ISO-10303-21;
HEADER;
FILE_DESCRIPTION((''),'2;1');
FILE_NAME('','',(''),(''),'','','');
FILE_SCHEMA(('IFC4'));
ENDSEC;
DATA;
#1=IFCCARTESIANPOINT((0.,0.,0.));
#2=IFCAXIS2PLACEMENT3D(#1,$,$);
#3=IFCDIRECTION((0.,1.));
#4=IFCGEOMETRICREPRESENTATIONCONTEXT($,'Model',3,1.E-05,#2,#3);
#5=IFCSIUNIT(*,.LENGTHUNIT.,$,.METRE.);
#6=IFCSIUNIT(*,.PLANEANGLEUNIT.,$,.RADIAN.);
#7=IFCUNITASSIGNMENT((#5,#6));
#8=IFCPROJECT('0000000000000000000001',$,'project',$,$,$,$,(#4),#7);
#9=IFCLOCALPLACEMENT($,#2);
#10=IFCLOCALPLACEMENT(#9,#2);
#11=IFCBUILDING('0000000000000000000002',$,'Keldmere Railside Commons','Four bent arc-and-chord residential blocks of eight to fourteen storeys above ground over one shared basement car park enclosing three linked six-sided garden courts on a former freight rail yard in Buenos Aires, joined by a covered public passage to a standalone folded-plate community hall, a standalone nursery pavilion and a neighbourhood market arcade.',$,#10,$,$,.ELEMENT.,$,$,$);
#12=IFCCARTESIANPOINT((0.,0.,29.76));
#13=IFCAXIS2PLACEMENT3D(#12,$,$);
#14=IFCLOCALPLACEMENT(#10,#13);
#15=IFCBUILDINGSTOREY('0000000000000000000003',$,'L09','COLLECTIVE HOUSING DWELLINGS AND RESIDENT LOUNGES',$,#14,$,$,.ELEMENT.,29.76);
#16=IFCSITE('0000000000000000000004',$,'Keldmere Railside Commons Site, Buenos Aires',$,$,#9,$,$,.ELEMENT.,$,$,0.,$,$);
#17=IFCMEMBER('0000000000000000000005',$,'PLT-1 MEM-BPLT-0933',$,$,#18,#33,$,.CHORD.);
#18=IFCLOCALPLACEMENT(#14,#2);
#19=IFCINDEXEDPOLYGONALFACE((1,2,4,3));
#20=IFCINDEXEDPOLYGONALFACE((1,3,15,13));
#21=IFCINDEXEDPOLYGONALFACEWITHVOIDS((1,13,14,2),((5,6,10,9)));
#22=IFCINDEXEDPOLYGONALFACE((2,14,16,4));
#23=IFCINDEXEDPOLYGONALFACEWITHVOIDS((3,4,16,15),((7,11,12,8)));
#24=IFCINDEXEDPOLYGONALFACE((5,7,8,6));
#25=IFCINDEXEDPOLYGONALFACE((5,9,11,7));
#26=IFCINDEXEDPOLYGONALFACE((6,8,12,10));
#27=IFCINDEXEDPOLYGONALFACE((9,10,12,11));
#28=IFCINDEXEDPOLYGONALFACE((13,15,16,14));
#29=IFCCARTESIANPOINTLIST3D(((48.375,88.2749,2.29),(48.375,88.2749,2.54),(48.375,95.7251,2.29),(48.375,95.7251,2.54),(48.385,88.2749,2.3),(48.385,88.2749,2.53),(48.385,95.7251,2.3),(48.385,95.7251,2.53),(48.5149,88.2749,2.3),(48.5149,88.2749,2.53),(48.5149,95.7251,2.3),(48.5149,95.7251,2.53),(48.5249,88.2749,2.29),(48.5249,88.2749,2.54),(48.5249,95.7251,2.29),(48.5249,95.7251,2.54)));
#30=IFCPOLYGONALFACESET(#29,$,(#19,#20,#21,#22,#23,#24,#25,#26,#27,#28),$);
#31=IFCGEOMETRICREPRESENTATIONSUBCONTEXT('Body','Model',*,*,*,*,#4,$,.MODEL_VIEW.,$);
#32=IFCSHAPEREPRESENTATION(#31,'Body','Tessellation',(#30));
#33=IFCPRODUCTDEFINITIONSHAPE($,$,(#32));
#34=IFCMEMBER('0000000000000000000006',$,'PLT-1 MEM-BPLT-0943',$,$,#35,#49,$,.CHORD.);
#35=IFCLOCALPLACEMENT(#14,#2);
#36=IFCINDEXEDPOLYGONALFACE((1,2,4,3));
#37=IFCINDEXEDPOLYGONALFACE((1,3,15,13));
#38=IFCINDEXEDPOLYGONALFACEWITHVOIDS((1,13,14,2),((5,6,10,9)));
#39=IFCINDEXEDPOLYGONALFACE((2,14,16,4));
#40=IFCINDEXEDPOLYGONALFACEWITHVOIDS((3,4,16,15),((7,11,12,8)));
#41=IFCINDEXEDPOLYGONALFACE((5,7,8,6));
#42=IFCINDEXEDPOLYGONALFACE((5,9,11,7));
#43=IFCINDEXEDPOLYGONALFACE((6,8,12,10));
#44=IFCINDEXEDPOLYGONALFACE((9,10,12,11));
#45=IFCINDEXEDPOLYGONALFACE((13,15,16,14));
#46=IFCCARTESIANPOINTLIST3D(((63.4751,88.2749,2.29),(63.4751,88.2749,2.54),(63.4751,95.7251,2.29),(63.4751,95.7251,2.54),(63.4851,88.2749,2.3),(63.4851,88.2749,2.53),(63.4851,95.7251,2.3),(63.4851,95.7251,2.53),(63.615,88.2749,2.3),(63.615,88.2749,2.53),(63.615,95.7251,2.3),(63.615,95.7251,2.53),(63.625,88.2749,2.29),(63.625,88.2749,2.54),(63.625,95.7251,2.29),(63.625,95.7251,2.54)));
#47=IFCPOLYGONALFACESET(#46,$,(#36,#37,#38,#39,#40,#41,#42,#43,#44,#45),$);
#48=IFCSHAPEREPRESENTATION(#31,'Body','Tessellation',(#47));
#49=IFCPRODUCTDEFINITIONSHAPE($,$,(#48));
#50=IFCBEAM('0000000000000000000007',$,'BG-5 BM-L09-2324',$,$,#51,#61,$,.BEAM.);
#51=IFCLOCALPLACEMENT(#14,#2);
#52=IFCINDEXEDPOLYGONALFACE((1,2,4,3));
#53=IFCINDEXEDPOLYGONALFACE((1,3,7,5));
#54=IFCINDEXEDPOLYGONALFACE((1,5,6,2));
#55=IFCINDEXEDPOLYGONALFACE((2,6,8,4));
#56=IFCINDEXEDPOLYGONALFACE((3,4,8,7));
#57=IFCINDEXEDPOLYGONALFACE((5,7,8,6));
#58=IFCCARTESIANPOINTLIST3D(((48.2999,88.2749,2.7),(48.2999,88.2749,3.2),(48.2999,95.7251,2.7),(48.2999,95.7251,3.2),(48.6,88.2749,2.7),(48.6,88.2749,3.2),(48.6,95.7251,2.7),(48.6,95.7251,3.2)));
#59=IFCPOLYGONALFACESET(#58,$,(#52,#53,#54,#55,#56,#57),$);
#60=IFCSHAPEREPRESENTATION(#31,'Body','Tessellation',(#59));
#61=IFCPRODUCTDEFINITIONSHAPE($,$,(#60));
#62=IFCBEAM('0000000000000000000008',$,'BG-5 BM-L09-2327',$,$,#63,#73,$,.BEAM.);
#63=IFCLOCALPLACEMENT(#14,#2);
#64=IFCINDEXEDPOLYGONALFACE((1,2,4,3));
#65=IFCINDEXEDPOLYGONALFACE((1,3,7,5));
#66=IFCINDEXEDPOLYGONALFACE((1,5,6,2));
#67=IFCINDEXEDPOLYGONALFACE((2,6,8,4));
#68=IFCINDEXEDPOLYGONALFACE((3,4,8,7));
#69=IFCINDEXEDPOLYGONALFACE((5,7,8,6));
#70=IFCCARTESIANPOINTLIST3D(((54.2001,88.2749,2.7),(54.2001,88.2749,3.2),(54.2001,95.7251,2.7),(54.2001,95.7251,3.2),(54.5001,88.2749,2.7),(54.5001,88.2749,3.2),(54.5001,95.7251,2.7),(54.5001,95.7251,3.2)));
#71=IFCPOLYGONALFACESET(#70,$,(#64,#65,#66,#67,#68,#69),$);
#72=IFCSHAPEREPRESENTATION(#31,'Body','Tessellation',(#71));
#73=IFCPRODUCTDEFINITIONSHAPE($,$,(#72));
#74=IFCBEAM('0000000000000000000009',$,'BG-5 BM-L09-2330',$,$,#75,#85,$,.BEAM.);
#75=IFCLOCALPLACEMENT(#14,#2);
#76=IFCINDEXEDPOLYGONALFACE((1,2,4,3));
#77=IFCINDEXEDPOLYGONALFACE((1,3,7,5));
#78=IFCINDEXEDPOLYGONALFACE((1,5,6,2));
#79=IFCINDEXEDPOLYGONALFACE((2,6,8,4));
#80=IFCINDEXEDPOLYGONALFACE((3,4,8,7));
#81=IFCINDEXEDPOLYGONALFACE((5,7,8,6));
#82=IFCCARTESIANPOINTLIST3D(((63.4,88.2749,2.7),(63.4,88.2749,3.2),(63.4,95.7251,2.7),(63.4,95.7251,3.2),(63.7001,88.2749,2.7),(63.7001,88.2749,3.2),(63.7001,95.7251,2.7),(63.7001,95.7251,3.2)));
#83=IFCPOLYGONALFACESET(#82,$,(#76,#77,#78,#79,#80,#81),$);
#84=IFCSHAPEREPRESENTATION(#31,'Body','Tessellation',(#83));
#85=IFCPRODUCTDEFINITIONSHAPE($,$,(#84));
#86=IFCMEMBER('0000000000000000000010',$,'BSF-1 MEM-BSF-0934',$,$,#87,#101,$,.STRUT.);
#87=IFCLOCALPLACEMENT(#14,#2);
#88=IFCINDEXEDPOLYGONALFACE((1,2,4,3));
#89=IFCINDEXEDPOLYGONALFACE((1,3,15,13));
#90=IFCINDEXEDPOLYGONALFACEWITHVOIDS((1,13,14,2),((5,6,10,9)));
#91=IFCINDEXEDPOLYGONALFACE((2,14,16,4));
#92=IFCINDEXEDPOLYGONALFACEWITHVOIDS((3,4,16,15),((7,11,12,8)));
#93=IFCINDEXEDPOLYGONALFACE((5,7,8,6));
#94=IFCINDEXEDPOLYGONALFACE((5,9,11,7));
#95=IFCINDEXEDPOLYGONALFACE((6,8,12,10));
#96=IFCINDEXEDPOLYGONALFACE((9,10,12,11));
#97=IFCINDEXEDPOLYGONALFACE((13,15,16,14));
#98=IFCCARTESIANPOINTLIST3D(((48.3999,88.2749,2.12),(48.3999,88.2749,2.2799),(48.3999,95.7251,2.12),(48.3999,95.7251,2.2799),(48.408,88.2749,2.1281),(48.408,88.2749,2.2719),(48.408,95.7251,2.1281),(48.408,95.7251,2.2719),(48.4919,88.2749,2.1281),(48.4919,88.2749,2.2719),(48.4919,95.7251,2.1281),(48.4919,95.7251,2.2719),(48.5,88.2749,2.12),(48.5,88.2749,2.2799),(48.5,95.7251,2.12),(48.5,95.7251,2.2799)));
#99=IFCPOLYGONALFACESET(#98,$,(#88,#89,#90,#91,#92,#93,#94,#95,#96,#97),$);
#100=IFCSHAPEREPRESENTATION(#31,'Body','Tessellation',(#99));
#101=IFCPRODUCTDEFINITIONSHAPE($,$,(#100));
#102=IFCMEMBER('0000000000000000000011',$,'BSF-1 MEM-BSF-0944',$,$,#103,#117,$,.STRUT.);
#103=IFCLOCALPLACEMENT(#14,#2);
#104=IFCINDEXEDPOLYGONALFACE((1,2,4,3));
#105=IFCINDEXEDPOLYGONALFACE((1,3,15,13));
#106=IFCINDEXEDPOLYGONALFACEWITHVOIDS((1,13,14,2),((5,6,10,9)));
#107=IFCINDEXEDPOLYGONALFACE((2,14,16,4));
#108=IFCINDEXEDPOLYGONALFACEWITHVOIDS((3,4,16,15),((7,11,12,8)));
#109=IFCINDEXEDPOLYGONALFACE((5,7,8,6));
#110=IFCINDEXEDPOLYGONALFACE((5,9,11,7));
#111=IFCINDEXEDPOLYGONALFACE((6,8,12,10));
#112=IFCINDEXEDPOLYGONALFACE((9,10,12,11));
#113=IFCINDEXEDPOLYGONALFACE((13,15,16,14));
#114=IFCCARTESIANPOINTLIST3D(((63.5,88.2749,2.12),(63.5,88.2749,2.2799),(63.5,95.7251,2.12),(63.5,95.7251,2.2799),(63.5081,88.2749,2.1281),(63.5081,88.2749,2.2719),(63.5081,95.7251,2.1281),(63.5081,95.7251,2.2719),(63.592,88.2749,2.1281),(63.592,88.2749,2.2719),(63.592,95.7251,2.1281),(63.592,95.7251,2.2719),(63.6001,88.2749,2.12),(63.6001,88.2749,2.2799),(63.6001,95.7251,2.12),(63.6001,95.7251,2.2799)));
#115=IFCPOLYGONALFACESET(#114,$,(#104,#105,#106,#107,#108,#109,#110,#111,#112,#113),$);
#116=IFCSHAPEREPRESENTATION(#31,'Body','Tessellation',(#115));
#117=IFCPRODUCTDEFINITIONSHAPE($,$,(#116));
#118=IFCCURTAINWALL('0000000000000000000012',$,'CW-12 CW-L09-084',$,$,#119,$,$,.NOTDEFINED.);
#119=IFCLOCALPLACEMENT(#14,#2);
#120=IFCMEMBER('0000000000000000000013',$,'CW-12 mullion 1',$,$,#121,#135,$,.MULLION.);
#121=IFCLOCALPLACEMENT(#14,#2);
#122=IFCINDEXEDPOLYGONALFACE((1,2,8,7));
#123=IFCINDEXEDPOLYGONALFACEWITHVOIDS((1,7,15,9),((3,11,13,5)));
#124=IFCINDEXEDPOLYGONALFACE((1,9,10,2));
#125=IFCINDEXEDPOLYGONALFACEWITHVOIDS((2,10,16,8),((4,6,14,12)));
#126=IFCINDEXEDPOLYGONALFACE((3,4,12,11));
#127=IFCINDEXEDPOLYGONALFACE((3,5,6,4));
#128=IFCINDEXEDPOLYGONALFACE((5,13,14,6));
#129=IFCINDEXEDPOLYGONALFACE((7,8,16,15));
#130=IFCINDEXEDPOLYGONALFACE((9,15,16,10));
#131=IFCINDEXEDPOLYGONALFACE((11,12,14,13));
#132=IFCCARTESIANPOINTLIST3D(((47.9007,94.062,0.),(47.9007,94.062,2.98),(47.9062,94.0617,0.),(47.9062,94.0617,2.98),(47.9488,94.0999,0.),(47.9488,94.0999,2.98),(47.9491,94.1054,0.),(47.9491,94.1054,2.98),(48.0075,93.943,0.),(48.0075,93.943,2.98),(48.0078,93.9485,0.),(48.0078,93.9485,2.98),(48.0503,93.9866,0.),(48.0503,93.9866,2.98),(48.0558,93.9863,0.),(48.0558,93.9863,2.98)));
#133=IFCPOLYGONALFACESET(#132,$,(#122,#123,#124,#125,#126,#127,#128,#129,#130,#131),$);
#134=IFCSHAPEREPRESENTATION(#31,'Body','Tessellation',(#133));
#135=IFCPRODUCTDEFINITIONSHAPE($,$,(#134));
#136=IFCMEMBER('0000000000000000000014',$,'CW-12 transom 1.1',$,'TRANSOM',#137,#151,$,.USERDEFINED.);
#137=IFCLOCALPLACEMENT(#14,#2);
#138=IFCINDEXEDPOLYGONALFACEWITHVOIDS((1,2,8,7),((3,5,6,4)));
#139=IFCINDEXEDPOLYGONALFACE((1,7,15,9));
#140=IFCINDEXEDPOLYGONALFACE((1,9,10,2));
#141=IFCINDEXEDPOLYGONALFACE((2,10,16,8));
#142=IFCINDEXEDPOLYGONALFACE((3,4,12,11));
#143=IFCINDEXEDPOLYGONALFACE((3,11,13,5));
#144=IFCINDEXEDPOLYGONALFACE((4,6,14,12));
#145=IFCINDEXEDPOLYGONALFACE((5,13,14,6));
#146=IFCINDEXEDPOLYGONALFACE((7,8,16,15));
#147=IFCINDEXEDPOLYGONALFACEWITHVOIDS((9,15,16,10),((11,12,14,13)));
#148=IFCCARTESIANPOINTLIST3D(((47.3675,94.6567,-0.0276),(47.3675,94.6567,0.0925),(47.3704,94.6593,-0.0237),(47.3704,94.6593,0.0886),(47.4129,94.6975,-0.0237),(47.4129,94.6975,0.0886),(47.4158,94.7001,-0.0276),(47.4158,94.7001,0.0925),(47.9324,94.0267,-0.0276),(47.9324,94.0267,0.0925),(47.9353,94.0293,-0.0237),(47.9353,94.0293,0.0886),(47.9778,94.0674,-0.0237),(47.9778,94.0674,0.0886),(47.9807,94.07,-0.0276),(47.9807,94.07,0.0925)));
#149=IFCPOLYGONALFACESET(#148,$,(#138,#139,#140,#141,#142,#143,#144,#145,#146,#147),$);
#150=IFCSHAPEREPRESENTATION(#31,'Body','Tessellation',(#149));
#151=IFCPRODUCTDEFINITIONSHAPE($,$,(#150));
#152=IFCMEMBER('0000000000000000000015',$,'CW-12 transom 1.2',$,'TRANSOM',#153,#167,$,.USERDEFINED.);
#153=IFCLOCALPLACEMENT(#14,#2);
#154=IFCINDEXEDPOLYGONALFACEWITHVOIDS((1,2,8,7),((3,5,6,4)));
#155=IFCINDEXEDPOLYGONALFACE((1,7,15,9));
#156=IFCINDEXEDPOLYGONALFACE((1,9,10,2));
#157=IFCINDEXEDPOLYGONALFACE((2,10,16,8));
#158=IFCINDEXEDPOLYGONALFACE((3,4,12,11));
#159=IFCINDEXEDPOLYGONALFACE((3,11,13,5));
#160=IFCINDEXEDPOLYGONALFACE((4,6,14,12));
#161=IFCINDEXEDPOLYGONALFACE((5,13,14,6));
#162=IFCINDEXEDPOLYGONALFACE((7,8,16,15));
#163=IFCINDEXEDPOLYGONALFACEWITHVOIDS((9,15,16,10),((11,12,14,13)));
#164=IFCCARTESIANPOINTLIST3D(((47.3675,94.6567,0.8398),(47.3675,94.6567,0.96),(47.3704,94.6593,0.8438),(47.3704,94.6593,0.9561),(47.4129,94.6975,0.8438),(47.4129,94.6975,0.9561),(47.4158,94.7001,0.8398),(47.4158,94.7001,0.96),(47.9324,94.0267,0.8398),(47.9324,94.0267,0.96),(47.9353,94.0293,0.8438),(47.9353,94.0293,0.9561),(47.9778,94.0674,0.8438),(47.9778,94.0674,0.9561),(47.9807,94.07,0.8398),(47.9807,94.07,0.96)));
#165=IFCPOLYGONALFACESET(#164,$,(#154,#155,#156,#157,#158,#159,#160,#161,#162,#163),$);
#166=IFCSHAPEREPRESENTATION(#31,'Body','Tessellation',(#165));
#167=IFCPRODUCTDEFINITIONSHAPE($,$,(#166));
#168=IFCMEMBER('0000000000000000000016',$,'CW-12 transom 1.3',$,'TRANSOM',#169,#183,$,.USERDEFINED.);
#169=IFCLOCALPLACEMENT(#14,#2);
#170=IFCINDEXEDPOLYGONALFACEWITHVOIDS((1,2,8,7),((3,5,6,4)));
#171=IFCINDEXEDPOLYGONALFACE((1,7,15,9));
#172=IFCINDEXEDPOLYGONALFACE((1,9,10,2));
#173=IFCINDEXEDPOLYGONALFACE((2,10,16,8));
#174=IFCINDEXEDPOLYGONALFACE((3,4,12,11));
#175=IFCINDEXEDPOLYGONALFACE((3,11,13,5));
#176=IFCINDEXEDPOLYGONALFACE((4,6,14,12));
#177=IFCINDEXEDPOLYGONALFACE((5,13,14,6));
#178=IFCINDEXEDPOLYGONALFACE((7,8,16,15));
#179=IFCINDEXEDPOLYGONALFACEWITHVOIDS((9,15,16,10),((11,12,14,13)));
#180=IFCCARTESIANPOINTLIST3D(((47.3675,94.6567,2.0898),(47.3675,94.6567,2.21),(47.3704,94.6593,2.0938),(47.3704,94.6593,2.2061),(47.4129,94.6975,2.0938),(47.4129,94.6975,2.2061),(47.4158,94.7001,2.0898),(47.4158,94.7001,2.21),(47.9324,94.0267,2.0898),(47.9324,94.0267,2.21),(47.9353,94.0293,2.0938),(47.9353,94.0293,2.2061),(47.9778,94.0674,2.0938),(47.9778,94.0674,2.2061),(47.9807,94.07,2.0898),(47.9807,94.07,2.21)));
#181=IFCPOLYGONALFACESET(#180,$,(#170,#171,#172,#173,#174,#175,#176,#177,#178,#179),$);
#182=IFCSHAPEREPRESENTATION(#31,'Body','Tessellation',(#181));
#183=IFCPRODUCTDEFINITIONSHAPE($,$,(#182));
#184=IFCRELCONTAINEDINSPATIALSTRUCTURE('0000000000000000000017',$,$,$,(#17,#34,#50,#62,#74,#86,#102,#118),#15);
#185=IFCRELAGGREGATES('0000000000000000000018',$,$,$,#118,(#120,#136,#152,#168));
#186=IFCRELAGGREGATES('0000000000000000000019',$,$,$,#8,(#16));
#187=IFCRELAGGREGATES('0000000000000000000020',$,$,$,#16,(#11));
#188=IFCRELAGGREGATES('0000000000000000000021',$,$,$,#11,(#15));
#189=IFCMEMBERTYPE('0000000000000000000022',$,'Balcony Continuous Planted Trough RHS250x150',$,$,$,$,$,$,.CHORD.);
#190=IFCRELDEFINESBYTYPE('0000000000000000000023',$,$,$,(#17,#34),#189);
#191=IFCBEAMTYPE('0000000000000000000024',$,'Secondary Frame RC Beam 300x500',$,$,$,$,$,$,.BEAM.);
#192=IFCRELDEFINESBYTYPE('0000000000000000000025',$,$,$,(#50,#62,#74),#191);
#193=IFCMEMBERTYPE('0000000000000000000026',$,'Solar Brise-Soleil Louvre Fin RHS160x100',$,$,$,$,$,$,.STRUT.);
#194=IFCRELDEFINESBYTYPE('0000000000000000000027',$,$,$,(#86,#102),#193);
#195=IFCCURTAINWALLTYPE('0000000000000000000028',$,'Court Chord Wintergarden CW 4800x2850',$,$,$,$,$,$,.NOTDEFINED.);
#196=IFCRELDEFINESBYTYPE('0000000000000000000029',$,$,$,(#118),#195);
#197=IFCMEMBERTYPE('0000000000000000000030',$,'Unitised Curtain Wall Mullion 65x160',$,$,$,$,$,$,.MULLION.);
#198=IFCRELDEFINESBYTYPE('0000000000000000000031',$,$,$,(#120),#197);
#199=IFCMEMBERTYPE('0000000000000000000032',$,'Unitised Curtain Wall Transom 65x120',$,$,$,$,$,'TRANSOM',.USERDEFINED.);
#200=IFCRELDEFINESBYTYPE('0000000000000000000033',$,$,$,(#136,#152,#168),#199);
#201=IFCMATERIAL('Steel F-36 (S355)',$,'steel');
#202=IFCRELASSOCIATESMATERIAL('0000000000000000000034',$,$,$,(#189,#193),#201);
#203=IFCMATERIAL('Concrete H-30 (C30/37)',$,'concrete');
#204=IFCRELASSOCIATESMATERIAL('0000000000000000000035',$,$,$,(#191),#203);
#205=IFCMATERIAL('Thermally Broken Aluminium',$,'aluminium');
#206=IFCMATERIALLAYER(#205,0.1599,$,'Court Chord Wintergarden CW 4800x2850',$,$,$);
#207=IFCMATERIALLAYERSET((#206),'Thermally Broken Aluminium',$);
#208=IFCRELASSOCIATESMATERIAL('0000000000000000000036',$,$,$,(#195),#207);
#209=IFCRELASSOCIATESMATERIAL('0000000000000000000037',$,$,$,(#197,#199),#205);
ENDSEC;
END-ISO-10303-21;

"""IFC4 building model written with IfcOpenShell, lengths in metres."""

from ifc_helpers import new_model, si_unit, direction, frame, origin, origin_2d, place, context, subcontext, project, spatial, rectangle, hollow_rectangle, extrude, material, layer, layer_set, material_profile, profile_set, type_object, element, aggregate, save


model = new_model("IFC4")

# Units and contexts
model_context = context("Model", 3, precision=1e-05, world=origin(), true_north=direction((0.0, 1.0)))
body_context = subcontext(model_context, "Body", "Model", "MODEL_VIEW")
ifc_project = project(units=[si_unit("LENGTHUNIT", "METRE"), si_unit("PLANEANGLEUNIT", "RADIAN")], contexts=[model_context])

# Site, building, storey
site_placement = place(None, origin())
site = spatial("IfcSite", under=ifc_project, at=site_placement, Name="Keldmere Railside Commons Site, Buenos Aires", CompositionType="ELEMENT", RefElevation=0.0)
building_placement = place(site_placement, origin())
building = spatial("IfcBuilding", under=site, at=building_placement, Name="Keldmere Railside Commons", Description="Four bent arc-and-chord residential blocks of eight to fourteen storeys above ground over one shared basement car park enclosing three linked six-sided garden courts on a former freight rail yard in Buenos Aires, joined by a covered public passage to a standalone folded-plate community hall, a standalone nursery pavilion and a neighbourhood market arcade.", CompositionType="ELEMENT")
storey_placement = place(building_placement, frame((0.0, 0.0, 29.76)))
storey = spatial("IfcBuildingStorey", under=building, at=storey_placement, Name="L09", Description="COLLECTIVE HOUSING DWELLINGS AND RESIDENT LOUNGES", CompositionType="ELEMENT", Elevation=29.76)

# Members
ifc_material_1 = material(Name="Steel F-36 (S355)", Category="steel")
ifc_material_profile_1 = material_profile(ifc_material_1, hollow_rectangle(XDim=0.1499, YDim=0.25, WallThickness=0.01, at=origin_2d()), Name="RHS-250x150x10")
ifc_profile_set_1 = profile_set([ifc_material_profile_1], Name="Steel F-36 (S355)")
member_type_1 = type_object("IfcMemberType", Name="Balcony Continuous Planted Trough RHS250x150", PredefinedType="CHORD", material=ifc_profile_set_1)
for number, where, z_axis, x_axis, name in (
    (1, (48.45, 88.2749, 2.415), (0.0, 1.0, 0.0), (-1.0, 0.0, 0.0), "PLT-1 MEM-BPLT-0933"),
    (2, (63.55, 88.2749, 2.415), (0.0, 1.0, 0.0), (-1.0, 0.0, 0.0), "PLT-1 MEM-BPLT-0943"),
):
    element("IfcMember", number, at=place(storey_placement, frame(where, z_axis=z_axis, x_axis=x_axis)), inside=storey, type_object=member_type_1, Name=name, PredefinedType="CHORD", context=body_context, shape_type="SweptSolid", body=[
        extrude(hollow_rectangle(XDim=0.1499, YDim=0.25, WallThickness=0.01, at=origin_2d()), origin(), (0.0, 0.0, 1.0), 7.4502),
    ])

# Beams
ifc_material_2 = material(Name="Concrete H-30 (C30/37)", Category="concrete")
ifc_material_profile_2 = material_profile(ifc_material_2, rectangle(XDim=0.3, YDim=0.5, at=origin_2d()), Name="RC-300x500")
ifc_profile_set_2 = profile_set([ifc_material_profile_2], Name="Concrete H-30 (C30/37)")
beam_type = type_object("IfcBeamType", Name="Secondary Frame RC Beam 300x500", PredefinedType="BEAM", material=ifc_profile_set_2)
for number, where, z_axis, x_axis, name in (
    (3, (48.45, 88.2749, 2.95), (0.0, 1.0, 0.0), (-1.0, 0.0, 0.0), "BG-5 BM-L09-2324"),
    (4, (54.3501, 88.2749, 2.95), (0.0, 1.0, 0.0), (-1.0, 0.0, 0.0), "BG-5 BM-L09-2327"),
    (5, (63.55, 88.2749, 2.95), (0.0, 1.0, 0.0), (-1.0, 0.0, 0.0), "BG-5 BM-L09-2330"),
):
    element("IfcBeam", number, at=place(storey_placement, frame(where, z_axis=z_axis, x_axis=x_axis)), inside=storey, type_object=beam_type, Name=name, PredefinedType="BEAM", context=body_context, shape_type="SweptSolid", body=[
        extrude(rectangle(XDim=0.3, YDim=0.5, at=origin_2d()), origin(), (0.0, 0.0, 1.0), 7.4502),
    ])

# Members
ifc_material_profile_3 = material_profile(ifc_material_1, hollow_rectangle(XDim=0.1001, YDim=0.1599, WallThickness=0.0081, at=origin_2d()), Name="RHS-160x100x8")
ifc_profile_set_3 = profile_set([ifc_material_profile_3], Name="Steel F-36 (S355)")
member_type_2 = type_object("IfcMemberType", Name="Solar Brise-Soleil Louvre Fin RHS160x100", PredefinedType="STRUT", material=ifc_profile_set_3)
for number, where, z_axis, x_axis, name in (
    (6, (48.45, 88.2749, 2.2), (0.0, 1.0, 0.0), (-1.0, 0.0, 0.0), "BSF-1 MEM-BSF-0934"),
    (7, (63.55, 88.2749, 2.2), (0.0, 1.0, 0.0), (-1.0, 0.0, 0.0), "BSF-1 MEM-BSF-0944"),
):
    element("IfcMember", number, at=place(storey_placement, frame(where, z_axis=z_axis, x_axis=x_axis)), inside=storey, type_object=member_type_2, Name=name, PredefinedType="STRUT", context=body_context, shape_type="SweptSolid", body=[
        extrude(hollow_rectangle(XDim=0.1001, YDim=0.1599, WallThickness=0.0081, at=origin_2d()), origin(), (0.0, 0.0, 1.0), 7.4502),
    ])

# Curtain wall, members
ifc_material_3 = material(Name="Thermally Broken Aluminium", Category="aluminium")
ifc_layer_1 = layer(ifc_material_3, 0.1599, Name="Court Chord Wintergarden CW 4800x2850")
ifc_layer_set_1 = layer_set([ifc_layer_1], Name="Thermally Broken Aluminium")
curtain_wall_type = type_object("IfcCurtainWallType", Name="Court Chord Wintergarden CW 4800x2850", PredefinedType="NOTDEFINED", material=ifc_layer_set_1)
curtain_wall_1_placement = place(storey_placement, origin())
curtain_wall_1 = element("IfcCurtainWall", 8, at=curtain_wall_1_placement, inside=storey, type_object=curtain_wall_type, Name="CW-12 CW-L09-084", PredefinedType="NOTDEFINED")
ifc_material_profile_4 = material_profile(ifc_material_3, hollow_rectangle(XDim=0.0649, YDim=0.1599, WallThickness=0.0039, at=origin_2d()), Name="ALU-MULL-65x160")
ifc_profile_set_4 = profile_set([ifc_material_profile_4], Name="Thermally Broken Aluminium")
member_type_3 = type_object("IfcMemberType", Name="Unitised Curtain Wall Mullion 65x160", PredefinedType="MULLION", material=ifc_profile_set_4)
member_1_placement = place(storey_placement, frame((47.9783, 94.0242, 0.0), z_axis=(0.0, 0.0, 1.0), x_axis=(-0.744557, -0.667559, 0.0)))
member_1 = element("IfcMember", 9, at=member_1_placement, type_object=member_type_3, Name="CW-12 mullion 1", PredefinedType="MULLION", context=body_context, shape_type="SweptSolid", body=[
    extrude(hollow_rectangle(XDim=0.0649, YDim=0.1599, WallThickness=0.0039, at=origin_2d()), origin(), (0.0, 0.0, 1.0), 2.98),
])
ifc_material_profile_5 = material_profile(ifc_material_3, hollow_rectangle(XDim=0.0649, YDim=0.1201, WallThickness=0.0039, at=origin_2d()), Name="ALU-TRAN-65x120")
ifc_profile_set_5 = profile_set([ifc_material_profile_5], Name="Thermally Broken Aluminium")
member_type_4 = type_object("IfcMemberType", Name="Unitised Curtain Wall Transom 65x120", ElementType="TRANSOM", PredefinedType="USERDEFINED", material=ifc_profile_set_5)
member_2_placement = place(storey_placement, frame((47.9565, 94.0483, 0.0325), z_axis=(-0.667545, 0.744569, 0.0), x_axis=(-0.744569, -0.667545, 0.0)))
member_2 = element("IfcMember", 10, at=member_2_placement, type_object=member_type_4, Name="CW-12 transom 1.1", ObjectType="TRANSOM", PredefinedType="USERDEFINED", context=body_context, shape_type="SweptSolid", body=[
    extrude(hollow_rectangle(XDim=0.0649, YDim=0.1201, WallThickness=0.0039, at=origin_2d()), origin(), (0.0, 0.0, 1.0), 0.8462),
])
member_3_placement = place(storey_placement, frame((47.9565, 94.0483, 0.8999), z_axis=(-0.667545, 0.744569, 0.0), x_axis=(-0.744569, -0.667545, 0.0)))
member_3 = element("IfcMember", 11, at=member_3_placement, type_object=member_type_4, Name="CW-12 transom 1.2", ObjectType="TRANSOM", PredefinedType="USERDEFINED", context=body_context, shape_type="SweptSolid", body=[
    extrude(hollow_rectangle(XDim=0.0649, YDim=0.1201, WallThickness=0.0039, at=origin_2d()), origin(), (0.0, 0.0, 1.0), 0.8462),
])
member_4_placement = place(storey_placement, frame((47.9565, 94.0483, 2.1499), z_axis=(-0.667545, 0.744569, 0.0), x_axis=(-0.744569, -0.667545, 0.0)))
member_4 = element("IfcMember", 12, at=member_4_placement, type_object=member_type_4, Name="CW-12 transom 1.3", ObjectType="TRANSOM", PredefinedType="USERDEFINED", context=body_context, shape_type="SweptSolid", body=[
    extrude(hollow_rectangle(XDim=0.0649, YDim=0.1201, WallThickness=0.0039, at=origin_2d()), origin(), (0.0, 0.0, 1.0), 0.8462),
])

aggregate(curtain_wall_1, [member_1, member_2, member_3, member_4])

save(model, "model.ifc")
